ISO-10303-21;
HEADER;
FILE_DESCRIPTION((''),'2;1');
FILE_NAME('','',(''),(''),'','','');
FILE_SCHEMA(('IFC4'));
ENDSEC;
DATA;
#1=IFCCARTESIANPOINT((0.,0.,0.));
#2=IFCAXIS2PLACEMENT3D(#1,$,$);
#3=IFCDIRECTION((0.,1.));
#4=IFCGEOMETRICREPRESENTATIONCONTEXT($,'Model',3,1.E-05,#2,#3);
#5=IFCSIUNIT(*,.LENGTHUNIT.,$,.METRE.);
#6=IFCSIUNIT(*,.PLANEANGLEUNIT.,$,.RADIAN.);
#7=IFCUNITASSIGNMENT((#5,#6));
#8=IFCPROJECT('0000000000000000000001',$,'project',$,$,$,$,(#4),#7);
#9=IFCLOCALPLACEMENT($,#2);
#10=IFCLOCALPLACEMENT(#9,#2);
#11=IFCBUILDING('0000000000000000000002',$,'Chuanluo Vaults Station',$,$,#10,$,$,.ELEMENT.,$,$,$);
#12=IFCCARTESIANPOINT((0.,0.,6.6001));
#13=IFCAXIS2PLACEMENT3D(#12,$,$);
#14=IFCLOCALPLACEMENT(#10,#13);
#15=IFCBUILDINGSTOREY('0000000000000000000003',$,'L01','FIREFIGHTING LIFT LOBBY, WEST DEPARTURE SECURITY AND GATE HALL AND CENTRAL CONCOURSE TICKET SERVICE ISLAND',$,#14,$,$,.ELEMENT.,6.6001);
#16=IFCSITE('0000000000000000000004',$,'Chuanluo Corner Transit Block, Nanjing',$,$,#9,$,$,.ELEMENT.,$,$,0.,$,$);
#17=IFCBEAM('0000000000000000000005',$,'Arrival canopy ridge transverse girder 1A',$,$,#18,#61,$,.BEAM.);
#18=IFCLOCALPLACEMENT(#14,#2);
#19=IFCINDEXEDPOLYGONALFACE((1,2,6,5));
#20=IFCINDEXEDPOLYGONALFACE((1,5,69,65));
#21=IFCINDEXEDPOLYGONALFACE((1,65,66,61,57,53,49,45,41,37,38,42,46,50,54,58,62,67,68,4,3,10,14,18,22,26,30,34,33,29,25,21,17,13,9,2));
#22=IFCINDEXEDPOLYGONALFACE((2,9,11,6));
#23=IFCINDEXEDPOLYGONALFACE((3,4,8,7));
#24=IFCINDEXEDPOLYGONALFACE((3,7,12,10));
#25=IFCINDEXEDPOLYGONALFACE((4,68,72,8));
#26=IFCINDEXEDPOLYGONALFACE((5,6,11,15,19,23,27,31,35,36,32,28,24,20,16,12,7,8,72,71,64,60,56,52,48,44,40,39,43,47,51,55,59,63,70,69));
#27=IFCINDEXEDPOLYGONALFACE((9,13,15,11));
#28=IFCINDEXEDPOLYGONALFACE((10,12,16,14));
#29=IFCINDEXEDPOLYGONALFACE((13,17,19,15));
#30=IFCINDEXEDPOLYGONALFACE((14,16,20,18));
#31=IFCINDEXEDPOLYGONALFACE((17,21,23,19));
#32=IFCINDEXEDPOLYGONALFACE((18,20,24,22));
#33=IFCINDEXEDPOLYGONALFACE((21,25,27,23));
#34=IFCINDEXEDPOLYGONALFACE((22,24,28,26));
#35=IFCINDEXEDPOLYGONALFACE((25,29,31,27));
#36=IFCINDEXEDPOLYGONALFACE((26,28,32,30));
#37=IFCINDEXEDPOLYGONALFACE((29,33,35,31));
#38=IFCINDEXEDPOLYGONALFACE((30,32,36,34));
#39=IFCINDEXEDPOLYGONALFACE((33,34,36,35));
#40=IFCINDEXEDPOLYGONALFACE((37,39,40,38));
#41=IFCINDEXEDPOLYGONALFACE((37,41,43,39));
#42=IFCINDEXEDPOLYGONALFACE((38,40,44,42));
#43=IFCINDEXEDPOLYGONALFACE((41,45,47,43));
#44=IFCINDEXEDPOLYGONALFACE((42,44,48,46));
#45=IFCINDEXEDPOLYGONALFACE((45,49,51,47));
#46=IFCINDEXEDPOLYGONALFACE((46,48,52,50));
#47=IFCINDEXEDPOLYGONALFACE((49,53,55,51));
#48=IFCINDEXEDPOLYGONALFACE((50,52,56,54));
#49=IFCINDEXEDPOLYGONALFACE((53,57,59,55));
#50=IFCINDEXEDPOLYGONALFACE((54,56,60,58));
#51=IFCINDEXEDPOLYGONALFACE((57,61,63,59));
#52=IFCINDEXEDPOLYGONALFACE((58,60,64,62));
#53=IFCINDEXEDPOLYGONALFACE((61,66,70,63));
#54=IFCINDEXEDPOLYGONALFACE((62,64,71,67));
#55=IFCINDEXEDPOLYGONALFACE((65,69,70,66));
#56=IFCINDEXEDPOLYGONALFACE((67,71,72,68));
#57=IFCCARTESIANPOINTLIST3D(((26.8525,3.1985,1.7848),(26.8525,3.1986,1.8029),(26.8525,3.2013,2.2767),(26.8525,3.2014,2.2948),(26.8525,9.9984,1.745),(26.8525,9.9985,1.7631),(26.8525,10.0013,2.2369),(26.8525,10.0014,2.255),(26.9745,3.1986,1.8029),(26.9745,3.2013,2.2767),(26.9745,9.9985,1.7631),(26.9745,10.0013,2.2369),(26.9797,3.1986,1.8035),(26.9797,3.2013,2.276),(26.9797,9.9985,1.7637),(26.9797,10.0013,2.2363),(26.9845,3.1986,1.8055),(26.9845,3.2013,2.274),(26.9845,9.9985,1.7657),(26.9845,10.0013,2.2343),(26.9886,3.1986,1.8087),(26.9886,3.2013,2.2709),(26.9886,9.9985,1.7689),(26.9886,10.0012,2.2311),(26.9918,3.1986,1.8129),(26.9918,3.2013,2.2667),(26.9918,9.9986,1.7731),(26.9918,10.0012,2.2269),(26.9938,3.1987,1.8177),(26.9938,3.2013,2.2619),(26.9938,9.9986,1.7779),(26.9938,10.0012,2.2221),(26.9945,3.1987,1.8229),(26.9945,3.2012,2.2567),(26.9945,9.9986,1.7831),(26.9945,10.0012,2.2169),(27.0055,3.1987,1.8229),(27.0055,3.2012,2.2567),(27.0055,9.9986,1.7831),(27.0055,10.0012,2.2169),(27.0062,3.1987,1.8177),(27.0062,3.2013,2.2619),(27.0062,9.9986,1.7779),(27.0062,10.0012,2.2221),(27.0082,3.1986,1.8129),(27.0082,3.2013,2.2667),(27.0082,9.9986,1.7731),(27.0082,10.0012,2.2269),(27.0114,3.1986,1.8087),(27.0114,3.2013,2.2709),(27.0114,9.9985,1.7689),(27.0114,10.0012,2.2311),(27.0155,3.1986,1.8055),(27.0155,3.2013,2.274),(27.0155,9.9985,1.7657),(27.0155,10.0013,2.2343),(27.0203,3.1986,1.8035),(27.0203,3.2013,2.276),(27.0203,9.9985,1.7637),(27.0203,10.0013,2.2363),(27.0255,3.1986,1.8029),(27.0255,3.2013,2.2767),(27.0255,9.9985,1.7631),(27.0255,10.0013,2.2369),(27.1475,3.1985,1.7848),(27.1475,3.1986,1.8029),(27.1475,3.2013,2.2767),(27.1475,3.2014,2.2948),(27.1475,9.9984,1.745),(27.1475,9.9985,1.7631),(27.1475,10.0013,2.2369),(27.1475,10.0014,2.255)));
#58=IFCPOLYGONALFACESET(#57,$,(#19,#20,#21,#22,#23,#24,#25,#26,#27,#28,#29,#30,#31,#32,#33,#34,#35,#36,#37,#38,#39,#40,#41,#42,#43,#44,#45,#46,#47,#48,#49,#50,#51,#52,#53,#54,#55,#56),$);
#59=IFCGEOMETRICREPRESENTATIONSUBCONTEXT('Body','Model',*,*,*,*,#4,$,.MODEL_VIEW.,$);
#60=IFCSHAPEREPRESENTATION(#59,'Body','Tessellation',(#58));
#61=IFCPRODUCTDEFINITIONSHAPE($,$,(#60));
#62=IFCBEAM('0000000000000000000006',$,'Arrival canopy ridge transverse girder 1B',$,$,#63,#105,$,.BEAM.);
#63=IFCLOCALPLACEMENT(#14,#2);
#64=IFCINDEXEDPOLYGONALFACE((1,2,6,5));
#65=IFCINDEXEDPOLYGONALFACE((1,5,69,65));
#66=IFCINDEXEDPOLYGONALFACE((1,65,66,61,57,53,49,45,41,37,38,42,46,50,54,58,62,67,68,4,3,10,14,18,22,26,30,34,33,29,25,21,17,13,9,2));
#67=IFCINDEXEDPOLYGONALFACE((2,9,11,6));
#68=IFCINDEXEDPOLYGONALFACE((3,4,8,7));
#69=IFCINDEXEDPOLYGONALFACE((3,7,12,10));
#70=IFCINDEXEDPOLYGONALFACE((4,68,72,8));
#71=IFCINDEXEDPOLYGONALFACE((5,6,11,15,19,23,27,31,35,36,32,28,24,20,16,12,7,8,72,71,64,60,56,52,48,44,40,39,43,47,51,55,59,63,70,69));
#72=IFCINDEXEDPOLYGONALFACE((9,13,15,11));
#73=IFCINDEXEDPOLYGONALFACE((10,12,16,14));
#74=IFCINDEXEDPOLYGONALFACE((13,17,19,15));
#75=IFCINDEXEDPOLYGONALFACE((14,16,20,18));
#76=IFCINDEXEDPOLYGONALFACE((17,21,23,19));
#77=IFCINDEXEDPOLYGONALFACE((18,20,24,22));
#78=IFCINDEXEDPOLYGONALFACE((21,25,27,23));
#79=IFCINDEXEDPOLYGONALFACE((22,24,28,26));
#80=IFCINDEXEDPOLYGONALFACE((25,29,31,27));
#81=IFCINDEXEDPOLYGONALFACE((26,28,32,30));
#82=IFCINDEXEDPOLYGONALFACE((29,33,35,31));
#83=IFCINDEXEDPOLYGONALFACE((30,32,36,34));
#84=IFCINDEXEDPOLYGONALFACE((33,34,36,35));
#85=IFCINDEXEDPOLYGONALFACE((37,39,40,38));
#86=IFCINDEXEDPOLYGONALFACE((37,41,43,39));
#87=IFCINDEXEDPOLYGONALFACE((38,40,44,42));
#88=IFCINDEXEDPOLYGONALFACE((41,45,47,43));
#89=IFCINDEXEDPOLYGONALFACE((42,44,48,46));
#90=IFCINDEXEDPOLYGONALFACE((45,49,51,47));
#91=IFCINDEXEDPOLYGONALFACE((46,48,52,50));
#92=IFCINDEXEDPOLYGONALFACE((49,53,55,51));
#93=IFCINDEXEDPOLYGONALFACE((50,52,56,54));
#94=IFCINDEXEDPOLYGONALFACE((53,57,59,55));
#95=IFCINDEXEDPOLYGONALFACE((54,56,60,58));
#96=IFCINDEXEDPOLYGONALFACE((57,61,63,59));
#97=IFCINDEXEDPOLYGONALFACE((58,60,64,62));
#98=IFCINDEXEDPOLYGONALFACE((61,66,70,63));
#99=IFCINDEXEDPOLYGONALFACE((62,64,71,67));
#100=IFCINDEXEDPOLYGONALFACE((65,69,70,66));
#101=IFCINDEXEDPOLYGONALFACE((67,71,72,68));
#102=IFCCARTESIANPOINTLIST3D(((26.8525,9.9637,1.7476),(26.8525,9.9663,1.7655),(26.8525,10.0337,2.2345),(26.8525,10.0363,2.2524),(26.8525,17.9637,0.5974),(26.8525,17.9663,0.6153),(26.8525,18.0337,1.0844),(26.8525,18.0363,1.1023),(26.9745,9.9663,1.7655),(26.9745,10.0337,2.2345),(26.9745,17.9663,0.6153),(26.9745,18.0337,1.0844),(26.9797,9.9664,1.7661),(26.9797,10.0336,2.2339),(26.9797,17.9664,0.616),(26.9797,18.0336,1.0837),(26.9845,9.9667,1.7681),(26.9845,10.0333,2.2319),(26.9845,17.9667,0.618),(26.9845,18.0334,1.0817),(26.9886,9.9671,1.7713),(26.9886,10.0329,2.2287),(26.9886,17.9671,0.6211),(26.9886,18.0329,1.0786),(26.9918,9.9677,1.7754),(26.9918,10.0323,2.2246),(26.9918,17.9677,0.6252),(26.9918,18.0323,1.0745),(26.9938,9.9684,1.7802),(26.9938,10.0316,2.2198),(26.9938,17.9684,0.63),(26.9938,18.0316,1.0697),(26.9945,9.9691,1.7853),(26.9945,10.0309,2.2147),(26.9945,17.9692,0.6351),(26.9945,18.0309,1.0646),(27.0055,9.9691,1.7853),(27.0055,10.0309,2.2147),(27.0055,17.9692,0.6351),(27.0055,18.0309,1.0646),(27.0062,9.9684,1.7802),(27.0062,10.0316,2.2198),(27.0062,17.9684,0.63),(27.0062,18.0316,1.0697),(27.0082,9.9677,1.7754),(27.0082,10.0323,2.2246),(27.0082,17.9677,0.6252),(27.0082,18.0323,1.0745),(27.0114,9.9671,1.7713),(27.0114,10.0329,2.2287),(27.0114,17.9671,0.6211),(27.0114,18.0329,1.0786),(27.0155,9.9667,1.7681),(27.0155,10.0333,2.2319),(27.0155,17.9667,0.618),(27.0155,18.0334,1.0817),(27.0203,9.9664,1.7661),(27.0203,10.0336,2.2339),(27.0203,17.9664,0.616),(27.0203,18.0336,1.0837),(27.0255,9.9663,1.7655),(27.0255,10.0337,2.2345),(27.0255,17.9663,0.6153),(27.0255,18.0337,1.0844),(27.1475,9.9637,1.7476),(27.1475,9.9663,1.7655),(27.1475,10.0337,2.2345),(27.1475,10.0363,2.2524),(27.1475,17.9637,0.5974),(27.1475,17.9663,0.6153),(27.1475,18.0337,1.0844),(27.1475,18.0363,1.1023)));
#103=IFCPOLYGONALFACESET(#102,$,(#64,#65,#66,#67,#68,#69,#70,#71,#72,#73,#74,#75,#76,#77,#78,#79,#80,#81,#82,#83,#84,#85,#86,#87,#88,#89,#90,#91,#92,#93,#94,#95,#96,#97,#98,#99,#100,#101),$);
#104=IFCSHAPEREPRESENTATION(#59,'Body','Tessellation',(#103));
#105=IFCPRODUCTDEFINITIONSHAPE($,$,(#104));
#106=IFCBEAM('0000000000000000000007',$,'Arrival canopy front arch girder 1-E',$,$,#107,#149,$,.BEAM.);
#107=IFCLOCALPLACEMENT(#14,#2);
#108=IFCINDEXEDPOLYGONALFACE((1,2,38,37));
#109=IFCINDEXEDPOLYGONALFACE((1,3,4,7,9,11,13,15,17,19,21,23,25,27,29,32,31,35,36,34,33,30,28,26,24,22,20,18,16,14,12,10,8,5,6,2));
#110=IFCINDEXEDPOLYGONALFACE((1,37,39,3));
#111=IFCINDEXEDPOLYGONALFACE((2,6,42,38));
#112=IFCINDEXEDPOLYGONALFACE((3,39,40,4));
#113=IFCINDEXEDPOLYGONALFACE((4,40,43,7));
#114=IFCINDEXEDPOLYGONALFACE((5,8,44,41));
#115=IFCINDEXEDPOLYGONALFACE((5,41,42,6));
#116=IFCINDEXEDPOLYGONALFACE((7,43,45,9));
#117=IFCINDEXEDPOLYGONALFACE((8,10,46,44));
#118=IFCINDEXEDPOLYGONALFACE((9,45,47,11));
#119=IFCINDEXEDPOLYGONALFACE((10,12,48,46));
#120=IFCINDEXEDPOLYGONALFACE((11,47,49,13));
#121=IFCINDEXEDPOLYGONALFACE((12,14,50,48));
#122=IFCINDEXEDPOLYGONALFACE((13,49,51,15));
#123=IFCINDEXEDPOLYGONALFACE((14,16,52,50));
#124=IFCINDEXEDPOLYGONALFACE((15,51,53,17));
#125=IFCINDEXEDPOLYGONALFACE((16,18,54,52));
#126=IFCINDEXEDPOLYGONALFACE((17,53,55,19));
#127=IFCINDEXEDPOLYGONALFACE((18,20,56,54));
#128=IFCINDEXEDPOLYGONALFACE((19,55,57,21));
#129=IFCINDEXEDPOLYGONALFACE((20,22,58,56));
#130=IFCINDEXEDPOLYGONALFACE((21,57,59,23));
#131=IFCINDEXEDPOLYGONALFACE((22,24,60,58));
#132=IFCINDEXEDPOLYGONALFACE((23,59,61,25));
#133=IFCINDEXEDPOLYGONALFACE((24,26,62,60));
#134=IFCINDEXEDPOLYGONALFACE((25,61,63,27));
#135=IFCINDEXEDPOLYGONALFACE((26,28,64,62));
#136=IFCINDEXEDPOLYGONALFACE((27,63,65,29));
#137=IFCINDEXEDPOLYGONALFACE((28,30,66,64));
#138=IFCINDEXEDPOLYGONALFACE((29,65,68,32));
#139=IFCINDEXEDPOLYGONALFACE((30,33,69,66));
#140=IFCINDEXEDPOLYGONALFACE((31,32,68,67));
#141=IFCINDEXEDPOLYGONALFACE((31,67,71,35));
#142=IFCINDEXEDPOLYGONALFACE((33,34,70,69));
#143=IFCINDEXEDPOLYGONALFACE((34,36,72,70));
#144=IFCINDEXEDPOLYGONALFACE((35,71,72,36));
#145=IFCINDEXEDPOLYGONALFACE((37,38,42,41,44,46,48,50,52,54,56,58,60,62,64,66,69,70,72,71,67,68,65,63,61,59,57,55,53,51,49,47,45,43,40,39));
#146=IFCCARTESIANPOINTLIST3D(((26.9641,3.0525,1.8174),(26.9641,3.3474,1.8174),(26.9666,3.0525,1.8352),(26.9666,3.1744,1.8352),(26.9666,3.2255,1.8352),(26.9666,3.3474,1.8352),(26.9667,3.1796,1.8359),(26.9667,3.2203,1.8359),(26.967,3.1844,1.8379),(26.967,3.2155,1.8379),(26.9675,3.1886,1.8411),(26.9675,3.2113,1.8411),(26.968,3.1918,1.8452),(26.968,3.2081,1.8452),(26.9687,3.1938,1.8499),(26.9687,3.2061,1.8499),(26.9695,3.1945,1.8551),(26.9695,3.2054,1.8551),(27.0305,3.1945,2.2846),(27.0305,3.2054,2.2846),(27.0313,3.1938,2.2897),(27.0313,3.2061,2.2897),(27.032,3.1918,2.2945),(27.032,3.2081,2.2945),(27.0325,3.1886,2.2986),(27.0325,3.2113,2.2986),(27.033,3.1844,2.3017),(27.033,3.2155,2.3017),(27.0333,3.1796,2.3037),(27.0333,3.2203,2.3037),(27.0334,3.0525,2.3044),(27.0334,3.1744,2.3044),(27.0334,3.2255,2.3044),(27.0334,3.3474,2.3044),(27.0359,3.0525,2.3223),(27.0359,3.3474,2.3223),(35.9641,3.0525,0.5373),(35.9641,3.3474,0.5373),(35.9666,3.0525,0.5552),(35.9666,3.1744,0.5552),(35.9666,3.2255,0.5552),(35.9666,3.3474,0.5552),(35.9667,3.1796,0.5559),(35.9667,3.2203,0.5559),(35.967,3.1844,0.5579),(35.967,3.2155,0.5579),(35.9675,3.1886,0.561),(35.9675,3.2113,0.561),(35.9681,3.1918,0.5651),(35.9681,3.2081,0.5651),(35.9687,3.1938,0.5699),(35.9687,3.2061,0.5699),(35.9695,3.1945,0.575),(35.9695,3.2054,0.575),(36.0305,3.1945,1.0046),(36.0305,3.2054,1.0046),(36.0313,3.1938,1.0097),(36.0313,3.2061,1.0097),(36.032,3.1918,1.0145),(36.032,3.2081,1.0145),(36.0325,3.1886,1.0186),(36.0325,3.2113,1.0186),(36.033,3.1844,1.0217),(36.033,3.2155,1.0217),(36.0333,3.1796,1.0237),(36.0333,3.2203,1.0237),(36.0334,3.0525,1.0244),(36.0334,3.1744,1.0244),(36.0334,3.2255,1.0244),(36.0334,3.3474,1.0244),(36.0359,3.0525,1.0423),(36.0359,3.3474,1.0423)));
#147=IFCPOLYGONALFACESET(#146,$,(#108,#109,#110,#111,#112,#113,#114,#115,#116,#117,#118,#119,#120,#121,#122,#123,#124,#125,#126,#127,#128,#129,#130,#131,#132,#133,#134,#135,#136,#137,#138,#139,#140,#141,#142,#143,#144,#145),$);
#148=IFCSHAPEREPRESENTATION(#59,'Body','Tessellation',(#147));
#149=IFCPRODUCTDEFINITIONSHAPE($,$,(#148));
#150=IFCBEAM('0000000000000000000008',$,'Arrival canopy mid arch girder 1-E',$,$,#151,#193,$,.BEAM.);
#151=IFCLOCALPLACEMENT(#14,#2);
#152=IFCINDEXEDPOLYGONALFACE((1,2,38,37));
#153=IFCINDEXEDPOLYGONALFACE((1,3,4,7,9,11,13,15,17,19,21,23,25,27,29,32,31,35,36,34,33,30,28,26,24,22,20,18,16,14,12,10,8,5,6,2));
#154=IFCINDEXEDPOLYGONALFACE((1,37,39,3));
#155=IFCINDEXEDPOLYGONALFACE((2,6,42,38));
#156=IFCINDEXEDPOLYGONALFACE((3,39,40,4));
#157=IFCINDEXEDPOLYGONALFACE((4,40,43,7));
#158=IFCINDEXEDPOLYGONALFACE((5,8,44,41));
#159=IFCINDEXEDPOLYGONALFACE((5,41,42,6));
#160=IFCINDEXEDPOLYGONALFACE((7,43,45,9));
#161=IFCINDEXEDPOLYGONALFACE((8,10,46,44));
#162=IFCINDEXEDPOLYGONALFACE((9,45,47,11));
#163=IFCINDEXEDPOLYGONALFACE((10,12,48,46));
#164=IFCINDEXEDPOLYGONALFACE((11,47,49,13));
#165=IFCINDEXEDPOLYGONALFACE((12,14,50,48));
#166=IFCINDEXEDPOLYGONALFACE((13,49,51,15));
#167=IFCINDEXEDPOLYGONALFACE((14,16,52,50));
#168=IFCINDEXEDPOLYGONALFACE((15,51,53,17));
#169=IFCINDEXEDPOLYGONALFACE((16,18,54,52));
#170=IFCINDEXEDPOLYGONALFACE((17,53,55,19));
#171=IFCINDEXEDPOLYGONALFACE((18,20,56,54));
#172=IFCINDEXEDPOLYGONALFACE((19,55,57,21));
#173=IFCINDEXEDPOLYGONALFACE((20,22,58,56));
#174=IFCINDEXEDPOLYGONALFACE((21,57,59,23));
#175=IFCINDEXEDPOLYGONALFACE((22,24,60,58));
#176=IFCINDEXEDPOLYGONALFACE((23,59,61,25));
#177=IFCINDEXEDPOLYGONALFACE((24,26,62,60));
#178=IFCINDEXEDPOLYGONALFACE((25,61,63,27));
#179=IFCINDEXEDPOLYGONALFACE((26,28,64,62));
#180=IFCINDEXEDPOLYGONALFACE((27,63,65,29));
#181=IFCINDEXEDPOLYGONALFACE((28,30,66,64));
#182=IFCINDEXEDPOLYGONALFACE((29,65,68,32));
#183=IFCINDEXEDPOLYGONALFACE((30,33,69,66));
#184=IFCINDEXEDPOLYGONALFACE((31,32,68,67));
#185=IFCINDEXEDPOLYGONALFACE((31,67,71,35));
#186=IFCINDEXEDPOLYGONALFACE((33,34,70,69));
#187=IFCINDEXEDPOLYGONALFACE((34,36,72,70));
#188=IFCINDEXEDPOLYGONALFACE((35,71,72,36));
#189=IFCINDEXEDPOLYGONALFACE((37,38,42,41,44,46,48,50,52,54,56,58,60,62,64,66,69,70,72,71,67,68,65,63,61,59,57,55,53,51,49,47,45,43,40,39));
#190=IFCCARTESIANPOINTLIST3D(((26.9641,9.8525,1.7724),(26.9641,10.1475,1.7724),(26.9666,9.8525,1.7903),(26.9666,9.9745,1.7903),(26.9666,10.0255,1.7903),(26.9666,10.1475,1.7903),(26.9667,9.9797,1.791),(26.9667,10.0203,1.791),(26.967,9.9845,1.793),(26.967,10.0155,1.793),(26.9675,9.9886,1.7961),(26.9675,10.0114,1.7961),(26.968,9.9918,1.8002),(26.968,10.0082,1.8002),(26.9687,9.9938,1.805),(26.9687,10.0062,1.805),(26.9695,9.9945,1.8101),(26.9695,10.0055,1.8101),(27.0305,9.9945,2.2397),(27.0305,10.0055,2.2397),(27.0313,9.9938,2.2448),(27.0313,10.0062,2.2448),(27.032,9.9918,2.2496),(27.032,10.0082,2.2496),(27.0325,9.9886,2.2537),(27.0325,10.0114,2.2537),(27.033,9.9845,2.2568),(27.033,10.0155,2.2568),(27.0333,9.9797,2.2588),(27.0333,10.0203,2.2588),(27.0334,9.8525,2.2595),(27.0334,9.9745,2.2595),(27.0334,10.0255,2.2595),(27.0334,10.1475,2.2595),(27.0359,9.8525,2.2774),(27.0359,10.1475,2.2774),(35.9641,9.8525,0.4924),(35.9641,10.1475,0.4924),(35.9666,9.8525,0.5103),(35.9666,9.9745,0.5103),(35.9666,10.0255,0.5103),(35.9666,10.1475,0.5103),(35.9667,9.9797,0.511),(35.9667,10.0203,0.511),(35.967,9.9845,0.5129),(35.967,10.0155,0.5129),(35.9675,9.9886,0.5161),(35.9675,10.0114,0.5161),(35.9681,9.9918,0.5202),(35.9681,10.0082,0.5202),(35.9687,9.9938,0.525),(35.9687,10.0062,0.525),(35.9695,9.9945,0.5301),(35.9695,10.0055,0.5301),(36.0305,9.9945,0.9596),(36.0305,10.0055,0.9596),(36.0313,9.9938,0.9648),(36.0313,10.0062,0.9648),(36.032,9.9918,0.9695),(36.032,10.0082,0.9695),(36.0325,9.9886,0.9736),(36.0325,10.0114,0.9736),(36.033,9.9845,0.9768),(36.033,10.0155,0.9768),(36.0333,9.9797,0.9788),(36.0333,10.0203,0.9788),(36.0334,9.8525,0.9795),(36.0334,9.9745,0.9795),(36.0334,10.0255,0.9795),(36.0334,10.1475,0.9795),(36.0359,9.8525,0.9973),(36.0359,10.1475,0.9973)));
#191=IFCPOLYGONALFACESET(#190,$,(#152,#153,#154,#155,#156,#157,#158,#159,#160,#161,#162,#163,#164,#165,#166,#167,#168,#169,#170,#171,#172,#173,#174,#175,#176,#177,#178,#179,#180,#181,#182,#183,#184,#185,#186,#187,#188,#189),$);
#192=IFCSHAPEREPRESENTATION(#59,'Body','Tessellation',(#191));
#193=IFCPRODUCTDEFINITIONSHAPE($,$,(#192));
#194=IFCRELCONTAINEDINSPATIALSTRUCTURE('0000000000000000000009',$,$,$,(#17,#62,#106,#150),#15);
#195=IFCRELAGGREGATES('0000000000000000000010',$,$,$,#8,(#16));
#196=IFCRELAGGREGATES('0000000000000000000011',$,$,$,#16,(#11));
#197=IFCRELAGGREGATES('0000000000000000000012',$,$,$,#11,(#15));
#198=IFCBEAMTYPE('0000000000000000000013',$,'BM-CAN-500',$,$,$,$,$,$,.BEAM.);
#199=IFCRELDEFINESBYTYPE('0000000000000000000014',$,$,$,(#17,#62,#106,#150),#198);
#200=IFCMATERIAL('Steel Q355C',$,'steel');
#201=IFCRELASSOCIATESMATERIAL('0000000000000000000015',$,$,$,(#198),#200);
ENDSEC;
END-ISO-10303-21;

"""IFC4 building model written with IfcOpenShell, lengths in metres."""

from ifc_helpers import new_model, si_unit, direction, frame, origin, origin_2d, place, context, subcontext, project, spatial, i_section, extrude, material, material_profile, profile_set, type_object, element, save


model = new_model("IFC4")

# Units and contexts
model_context = context("Model", 3, precision=1e-05, world=origin(), true_north=direction((0.0, 1.0)))
body_context = subcontext(model_context, "Body", "Model", "MODEL_VIEW")
ifc_project = project(units=[si_unit("LENGTHUNIT", "METRE"), si_unit("PLANEANGLEUNIT", "RADIAN")], contexts=[model_context])

# Site, building, storey
site_placement = place(None, origin())
site = spatial("IfcSite", under=ifc_project, at=site_placement, Name="Chuanluo Corner Transit Block, Nanjing", CompositionType="ELEMENT", RefElevation=0.0)
building_placement = place(site_placement, origin())
building = spatial("IfcBuilding", under=site, at=building_placement, Name="Chuanluo Vaults Station", CompositionType="ELEMENT")
storey_placement = place(building_placement, frame((0.0, 0.0, 6.6001)))
storey = spatial("IfcBuildingStorey", under=building, at=storey_placement, Name="L01", Description="FIREFIGHTING LIFT LOBBY, WEST DEPARTURE SECURITY AND GATE HALL AND CENTRAL CONCOURSE TICKET SERVICE ISLAND", CompositionType="ELEMENT", Elevation=6.6001)

# Beams
ifc_material_1 = material(Name="Steel Q355C", Category="steel")
ifc_material_profile_1 = material_profile(ifc_material_1, i_section(OverallWidth=0.2949, OverallDepth=0.51, WebThickness=0.011, FlangeThickness=0.0181, FilletRadius=0.02, at=origin_2d()))
ifc_profile_set_1 = profile_set([ifc_material_profile_1], Name="Steel Q355C")
beam_type = type_object("IfcBeamType", Name="BM-CAN-500", PredefinedType="BEAM", material=ifc_profile_set_1)
beam_1_placement = place(storey_placement, frame((27.0, 3.2, 2.0398), z_axis=(0.0, 0.999983, -0.005852), x_axis=(-1.0, 0.0, 0.0)))
element("IfcBeam", 1, at=beam_1_placement, inside=storey, type_object=beam_type, Name="Arrival canopy ridge transverse girder 1A", PredefinedType="BEAM", context=body_context, shape_type="SweptSolid", body=[
    extrude(i_section(OverallWidth=0.2949, OverallDepth=0.51, WebThickness=0.011, FlangeThickness=0.0181, FilletRadius=0.02, at=origin_2d()), origin(), (0.0, 0.0, 1.0), 6.8),
])
beam_2_placement = place(storey_placement, frame((27.0, 10.0, 2.0), z_axis=(0.0, 0.989823, -0.142305), x_axis=(-1.0, 0.0, 0.0)))
element("IfcBeam", 2, at=beam_2_placement, inside=storey, type_object=beam_type, Name="Arrival canopy ridge transverse girder 1B", PredefinedType="BEAM", context=body_context, shape_type="SweptSolid", body=[
    extrude(i_section(OverallWidth=0.2949, OverallDepth=0.51, WebThickness=0.011, FlangeThickness=0.0181, FilletRadius=0.02, at=origin_2d()), origin(), (0.0, 0.0, 1.0), 8.0823),
])
for number, where, z_axis, x_axis, name in (
    (3, (27.0, 3.2, 2.0698), (0.990037, 0.0, -0.140808), (0.0, 1.0, 0.0), "Arrival canopy front arch girder 1-E"),
    (4, (27.0, 10.0, 2.0249), (0.990037, 0.0, -0.140808), (0.0, 1.0, 0.0), "Arrival canopy mid arch girder 1-E"),
):
    element("IfcBeam", number, at=place(storey_placement, frame(where, z_axis=z_axis, x_axis=x_axis)), inside=storey, type_object=beam_type, Name=name, PredefinedType="BEAM", context=body_context, shape_type="SweptSolid", body=[
        extrude(i_section(OverallWidth=0.2949, OverallDepth=0.51, WebThickness=0.011, FlangeThickness=0.0181, FilletRadius=0.02, at=origin_2d()), origin(), (0.0, 0.0, 1.0), 9.0906),
    ])

save(model, "model.ifc")
